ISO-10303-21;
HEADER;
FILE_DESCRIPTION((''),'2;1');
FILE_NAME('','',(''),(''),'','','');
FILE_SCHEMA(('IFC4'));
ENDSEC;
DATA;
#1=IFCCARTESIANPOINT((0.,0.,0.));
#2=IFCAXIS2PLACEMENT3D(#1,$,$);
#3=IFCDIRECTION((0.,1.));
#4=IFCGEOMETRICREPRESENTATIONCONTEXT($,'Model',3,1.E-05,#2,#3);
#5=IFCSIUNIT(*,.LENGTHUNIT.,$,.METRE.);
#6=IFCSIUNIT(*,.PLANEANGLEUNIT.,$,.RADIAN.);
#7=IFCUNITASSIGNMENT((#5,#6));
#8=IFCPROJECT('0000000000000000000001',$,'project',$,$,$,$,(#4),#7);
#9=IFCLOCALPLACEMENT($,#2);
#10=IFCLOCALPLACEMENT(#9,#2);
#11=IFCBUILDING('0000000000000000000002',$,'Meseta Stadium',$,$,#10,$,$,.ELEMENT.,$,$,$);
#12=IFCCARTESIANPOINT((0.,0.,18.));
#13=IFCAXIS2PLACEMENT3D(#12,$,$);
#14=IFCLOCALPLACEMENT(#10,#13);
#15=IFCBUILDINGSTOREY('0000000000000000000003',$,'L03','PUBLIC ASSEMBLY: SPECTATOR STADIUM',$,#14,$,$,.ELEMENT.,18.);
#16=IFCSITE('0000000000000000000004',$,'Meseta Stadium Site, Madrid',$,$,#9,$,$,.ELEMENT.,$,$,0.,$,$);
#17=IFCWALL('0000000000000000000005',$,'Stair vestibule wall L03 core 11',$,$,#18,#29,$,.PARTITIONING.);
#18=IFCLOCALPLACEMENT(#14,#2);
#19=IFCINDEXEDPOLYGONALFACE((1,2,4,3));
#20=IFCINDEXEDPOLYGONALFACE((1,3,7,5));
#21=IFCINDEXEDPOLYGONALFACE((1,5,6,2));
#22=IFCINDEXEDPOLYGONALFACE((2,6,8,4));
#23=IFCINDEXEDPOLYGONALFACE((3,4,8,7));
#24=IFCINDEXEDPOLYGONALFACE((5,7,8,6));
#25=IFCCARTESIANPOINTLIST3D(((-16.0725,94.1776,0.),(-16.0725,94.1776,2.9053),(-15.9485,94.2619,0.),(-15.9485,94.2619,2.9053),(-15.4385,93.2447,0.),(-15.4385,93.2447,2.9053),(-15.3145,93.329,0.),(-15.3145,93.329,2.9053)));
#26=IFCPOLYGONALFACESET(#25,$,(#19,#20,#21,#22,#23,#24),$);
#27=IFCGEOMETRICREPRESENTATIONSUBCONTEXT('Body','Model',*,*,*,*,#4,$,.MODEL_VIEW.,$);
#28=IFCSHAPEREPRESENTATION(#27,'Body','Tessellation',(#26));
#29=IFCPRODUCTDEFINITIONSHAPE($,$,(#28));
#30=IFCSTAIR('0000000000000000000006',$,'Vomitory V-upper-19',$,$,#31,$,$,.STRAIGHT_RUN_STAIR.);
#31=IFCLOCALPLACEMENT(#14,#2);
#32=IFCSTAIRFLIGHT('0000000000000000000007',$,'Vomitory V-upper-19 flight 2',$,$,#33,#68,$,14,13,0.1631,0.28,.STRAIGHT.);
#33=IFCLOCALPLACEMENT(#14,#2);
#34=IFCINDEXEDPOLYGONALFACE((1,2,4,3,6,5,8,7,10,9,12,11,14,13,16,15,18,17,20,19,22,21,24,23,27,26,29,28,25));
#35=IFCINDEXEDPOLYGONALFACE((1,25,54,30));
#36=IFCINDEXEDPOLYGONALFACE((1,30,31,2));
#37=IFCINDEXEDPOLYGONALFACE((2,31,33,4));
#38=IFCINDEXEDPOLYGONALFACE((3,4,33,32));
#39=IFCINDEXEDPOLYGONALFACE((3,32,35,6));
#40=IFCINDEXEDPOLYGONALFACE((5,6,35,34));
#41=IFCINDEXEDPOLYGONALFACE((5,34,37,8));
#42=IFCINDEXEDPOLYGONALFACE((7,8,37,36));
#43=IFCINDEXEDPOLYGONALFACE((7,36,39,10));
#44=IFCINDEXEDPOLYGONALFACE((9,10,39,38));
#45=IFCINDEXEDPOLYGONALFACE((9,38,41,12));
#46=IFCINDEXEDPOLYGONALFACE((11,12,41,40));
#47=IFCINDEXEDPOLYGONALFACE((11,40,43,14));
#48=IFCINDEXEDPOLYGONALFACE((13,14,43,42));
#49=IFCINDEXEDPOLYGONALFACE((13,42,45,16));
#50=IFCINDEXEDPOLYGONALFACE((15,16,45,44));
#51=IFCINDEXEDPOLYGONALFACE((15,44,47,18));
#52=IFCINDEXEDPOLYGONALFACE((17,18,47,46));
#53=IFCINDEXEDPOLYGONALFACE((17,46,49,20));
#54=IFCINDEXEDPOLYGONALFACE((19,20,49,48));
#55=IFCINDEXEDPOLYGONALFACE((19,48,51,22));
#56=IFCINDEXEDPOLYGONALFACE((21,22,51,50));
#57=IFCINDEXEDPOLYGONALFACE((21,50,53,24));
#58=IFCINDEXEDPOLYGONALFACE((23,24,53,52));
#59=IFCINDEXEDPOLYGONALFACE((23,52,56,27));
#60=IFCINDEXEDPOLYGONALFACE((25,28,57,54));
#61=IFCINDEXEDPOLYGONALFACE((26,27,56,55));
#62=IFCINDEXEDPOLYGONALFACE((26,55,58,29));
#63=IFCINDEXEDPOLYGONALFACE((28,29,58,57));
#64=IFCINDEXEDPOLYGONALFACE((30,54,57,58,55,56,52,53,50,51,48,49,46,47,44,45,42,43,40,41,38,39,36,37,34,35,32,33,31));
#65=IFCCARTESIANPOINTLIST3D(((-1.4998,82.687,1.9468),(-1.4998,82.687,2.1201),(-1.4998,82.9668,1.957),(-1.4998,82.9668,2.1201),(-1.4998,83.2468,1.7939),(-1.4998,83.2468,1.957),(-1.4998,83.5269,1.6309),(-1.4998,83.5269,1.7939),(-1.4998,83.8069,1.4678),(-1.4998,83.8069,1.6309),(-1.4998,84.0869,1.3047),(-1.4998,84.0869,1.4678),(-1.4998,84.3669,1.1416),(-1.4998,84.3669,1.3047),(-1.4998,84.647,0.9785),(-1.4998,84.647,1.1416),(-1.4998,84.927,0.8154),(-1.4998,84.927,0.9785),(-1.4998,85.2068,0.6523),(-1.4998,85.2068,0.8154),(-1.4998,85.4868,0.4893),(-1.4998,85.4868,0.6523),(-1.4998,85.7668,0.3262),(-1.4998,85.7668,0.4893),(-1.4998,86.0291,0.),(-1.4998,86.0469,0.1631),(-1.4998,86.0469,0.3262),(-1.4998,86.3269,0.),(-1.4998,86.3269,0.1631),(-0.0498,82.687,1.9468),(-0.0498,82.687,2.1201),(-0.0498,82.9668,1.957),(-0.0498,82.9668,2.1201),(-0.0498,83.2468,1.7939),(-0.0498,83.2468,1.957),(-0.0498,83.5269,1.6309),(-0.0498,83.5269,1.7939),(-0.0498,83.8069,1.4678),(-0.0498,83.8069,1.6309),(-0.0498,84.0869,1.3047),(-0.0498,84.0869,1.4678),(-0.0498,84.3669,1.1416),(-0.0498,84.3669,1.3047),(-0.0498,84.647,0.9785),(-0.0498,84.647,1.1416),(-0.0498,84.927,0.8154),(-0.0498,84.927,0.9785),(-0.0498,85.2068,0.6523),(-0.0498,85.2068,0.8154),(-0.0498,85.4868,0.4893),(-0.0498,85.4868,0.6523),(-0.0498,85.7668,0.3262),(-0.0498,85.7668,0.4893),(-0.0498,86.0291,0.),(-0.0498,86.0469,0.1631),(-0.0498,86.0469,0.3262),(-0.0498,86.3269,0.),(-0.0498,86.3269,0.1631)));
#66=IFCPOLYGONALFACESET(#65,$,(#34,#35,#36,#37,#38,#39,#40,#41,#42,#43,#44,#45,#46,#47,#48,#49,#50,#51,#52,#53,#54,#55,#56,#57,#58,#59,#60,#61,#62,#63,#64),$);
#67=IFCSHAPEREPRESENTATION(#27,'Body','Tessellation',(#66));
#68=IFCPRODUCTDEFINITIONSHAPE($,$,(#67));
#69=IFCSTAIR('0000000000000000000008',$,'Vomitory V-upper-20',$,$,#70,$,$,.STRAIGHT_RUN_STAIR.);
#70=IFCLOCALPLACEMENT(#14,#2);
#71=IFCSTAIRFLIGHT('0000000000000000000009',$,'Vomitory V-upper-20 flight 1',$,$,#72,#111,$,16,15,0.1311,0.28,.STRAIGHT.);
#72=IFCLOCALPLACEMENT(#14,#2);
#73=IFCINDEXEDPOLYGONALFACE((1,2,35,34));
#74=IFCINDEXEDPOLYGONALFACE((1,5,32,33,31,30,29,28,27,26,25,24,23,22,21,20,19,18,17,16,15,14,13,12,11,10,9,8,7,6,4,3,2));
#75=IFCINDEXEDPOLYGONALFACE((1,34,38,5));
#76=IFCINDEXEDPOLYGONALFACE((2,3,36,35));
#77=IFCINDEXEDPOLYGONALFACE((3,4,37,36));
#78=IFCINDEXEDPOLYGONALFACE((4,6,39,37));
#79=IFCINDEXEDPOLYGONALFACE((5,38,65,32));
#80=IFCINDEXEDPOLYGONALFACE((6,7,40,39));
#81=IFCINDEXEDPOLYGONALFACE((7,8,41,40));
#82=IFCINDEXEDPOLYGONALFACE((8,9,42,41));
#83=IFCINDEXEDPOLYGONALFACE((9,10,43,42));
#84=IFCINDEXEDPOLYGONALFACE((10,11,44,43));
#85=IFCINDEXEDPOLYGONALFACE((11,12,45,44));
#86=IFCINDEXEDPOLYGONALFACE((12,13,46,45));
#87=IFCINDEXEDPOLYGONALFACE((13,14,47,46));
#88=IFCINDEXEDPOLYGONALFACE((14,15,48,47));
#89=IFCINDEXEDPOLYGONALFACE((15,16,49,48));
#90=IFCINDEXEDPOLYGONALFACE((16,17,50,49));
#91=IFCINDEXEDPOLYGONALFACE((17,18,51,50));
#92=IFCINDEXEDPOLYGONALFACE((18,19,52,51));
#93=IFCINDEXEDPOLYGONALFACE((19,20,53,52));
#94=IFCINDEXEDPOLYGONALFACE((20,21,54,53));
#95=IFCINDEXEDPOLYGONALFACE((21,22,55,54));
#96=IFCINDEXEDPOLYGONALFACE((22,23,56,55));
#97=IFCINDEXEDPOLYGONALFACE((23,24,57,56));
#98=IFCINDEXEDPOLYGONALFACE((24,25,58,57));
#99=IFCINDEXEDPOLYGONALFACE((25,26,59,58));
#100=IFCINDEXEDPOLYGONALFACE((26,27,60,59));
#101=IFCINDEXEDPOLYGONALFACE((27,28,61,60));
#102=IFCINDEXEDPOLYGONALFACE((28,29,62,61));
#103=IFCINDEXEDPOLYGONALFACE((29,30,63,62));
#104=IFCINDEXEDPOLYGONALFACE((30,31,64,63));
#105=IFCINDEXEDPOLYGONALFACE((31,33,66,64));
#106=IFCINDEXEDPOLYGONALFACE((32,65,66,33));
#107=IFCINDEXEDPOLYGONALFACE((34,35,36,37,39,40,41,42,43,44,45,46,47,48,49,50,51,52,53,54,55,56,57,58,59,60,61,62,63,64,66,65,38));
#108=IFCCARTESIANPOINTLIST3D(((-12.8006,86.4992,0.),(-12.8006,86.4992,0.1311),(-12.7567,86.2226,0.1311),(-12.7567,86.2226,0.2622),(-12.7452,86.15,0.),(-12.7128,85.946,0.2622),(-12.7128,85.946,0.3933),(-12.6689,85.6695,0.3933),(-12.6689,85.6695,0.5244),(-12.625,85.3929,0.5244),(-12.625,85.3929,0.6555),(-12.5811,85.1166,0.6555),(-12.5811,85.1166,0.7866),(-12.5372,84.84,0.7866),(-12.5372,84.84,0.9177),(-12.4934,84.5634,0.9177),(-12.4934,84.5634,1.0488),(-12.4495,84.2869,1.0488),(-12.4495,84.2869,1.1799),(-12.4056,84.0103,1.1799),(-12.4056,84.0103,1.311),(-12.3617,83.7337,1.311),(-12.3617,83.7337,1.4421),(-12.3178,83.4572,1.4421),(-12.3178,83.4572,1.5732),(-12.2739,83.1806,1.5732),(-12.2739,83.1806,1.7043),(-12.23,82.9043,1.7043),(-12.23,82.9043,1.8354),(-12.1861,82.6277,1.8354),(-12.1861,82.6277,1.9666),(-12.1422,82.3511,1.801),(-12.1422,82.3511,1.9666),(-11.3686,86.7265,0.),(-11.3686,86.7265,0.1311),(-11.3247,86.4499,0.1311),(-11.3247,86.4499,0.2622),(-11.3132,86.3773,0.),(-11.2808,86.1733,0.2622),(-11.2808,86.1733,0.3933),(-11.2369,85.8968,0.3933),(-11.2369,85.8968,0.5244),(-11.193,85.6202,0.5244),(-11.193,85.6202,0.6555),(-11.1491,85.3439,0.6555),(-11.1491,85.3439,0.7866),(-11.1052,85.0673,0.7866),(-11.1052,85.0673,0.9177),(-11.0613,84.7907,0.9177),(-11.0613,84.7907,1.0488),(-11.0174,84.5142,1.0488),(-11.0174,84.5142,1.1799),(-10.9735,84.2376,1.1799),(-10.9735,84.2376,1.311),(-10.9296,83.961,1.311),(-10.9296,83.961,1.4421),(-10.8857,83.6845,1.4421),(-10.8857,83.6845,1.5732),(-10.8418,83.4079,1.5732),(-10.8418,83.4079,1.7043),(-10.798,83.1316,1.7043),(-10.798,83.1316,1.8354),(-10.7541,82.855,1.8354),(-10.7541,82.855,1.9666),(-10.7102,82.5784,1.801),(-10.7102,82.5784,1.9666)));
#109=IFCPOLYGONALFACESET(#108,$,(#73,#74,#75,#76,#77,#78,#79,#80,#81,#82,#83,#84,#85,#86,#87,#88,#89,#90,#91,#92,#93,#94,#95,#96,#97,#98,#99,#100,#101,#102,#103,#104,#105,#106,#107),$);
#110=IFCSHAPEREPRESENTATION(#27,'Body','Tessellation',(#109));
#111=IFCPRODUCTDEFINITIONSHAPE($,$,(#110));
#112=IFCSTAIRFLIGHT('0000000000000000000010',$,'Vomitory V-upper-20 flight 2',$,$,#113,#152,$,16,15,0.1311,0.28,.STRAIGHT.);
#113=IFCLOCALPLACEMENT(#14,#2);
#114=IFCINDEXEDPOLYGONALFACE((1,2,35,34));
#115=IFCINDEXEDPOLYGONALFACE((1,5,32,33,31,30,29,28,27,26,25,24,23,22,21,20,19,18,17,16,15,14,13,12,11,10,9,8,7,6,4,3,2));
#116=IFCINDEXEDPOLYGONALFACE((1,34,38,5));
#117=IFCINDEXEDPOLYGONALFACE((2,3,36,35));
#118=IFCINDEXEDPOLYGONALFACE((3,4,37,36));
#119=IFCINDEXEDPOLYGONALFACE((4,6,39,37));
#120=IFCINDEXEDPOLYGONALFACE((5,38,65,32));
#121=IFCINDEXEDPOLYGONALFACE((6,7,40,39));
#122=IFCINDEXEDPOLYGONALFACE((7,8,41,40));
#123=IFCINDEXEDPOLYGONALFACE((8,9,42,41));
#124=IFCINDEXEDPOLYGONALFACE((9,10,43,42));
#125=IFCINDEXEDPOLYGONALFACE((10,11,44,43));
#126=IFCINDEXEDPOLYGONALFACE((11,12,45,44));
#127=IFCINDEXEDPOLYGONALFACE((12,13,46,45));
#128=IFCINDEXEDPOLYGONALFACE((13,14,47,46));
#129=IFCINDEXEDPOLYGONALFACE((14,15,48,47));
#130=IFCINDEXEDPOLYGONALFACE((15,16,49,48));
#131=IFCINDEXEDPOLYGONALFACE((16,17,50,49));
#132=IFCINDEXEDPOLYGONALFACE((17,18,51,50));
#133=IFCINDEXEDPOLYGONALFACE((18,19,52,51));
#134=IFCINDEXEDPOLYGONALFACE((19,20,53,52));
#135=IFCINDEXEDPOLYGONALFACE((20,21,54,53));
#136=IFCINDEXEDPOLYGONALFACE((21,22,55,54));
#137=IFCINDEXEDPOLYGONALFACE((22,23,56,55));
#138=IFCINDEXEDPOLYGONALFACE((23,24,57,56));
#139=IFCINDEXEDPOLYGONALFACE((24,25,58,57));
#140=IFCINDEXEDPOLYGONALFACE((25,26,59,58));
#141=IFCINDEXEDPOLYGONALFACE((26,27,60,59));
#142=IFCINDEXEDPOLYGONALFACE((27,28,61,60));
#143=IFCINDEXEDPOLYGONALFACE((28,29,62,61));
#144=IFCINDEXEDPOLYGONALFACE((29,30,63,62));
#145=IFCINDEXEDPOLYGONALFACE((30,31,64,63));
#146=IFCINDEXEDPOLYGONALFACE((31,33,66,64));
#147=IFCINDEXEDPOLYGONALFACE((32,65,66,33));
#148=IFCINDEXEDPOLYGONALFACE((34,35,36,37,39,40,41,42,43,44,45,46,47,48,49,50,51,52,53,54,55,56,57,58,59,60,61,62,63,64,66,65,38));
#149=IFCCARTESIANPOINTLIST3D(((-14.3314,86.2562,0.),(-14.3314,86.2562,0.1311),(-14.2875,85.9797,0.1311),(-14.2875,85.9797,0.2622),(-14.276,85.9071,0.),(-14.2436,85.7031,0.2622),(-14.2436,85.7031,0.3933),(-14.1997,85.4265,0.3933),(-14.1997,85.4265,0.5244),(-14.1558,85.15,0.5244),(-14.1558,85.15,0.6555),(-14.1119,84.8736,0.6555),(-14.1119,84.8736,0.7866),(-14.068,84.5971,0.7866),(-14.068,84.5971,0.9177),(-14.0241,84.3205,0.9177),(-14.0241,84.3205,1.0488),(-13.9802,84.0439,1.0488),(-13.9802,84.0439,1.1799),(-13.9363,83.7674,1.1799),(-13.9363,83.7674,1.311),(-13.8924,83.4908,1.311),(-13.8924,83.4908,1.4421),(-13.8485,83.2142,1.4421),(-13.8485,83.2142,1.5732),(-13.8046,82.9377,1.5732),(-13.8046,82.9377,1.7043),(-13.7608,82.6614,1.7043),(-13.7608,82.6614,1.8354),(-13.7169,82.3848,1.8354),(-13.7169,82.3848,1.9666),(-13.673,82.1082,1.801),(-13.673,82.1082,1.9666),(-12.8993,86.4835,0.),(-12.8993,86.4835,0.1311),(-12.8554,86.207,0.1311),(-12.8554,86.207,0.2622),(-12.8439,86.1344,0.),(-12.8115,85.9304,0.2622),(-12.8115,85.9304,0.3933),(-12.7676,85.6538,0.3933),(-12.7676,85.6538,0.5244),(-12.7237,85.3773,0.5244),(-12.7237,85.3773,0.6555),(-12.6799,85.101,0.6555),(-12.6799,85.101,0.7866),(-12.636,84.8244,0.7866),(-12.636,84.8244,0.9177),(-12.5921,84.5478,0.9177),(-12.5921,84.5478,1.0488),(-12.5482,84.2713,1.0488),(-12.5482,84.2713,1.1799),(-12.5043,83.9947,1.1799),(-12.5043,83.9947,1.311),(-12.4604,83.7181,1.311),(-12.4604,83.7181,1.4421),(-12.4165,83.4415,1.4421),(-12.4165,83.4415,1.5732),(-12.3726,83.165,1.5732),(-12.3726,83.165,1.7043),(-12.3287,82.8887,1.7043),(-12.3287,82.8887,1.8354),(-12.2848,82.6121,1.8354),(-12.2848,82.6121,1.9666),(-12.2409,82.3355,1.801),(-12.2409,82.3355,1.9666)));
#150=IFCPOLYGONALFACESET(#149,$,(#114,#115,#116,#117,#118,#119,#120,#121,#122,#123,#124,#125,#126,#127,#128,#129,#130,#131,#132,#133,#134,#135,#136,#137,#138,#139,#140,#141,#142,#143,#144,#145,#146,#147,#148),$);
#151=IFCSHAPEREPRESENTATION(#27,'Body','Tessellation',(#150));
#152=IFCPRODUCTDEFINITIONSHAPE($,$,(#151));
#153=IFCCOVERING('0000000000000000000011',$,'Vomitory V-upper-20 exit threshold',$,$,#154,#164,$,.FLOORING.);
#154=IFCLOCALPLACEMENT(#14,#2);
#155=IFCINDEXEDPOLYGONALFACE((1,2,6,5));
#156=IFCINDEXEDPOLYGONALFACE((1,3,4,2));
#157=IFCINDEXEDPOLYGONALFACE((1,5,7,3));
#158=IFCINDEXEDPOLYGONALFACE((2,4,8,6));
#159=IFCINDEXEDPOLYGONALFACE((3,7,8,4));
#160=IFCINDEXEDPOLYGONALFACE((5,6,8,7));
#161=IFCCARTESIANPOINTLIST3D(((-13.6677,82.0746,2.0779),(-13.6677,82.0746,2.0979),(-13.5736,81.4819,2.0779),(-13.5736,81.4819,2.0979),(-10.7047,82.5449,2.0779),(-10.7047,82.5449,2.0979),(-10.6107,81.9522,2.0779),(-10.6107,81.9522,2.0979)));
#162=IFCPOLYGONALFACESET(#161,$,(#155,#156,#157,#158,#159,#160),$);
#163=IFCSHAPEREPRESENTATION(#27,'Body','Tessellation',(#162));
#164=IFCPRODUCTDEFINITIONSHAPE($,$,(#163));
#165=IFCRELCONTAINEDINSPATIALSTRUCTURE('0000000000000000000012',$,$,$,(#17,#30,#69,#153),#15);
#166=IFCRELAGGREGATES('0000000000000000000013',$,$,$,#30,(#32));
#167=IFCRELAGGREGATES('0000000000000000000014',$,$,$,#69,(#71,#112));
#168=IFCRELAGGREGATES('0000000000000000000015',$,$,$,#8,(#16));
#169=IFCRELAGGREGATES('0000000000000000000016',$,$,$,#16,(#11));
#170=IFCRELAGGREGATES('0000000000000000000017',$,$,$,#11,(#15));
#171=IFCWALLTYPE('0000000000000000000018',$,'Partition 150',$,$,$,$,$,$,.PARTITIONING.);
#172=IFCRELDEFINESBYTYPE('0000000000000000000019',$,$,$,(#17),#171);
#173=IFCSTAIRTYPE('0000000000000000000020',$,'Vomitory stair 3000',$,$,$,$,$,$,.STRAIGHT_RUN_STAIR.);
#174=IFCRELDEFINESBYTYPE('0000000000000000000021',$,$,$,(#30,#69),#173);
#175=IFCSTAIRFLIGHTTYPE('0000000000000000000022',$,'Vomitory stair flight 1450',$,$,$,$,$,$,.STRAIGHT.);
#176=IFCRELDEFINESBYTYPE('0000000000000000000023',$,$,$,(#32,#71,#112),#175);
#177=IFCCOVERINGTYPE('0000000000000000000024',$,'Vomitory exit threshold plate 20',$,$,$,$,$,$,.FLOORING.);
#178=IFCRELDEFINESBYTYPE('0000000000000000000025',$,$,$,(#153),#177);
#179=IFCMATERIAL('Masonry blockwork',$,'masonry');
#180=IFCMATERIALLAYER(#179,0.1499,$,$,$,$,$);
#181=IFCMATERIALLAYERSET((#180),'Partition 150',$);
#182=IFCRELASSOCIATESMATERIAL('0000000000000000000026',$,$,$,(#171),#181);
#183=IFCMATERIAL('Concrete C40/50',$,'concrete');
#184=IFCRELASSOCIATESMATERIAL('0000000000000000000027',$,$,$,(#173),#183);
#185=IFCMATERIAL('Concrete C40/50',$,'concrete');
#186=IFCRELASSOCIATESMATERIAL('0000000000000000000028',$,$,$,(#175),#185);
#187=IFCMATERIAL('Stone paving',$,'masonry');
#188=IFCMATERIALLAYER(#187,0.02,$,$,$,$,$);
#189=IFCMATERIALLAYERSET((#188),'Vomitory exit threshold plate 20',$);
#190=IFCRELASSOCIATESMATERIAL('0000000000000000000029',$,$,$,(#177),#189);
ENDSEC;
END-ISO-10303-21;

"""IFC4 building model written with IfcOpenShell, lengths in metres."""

from ifc_helpers import new_model, si_unit, direction, frame, frame_2d, origin, origin_2d, place, context, subcontext, project, spatial, polyline, rectangle, outline, extrude, material, layer, layer_set, type_object, element, aggregate, save


model = new_model("IFC4")

# Units and contexts
model_context = context("Model", 3, precision=1e-05, world=origin(), true_north=direction((0.0, 1.0)))
body_context = subcontext(model_context, "Body", "Model", "MODEL_VIEW")
ifc_project = project(units=[si_unit("LENGTHUNIT", "METRE"), si_unit("PLANEANGLEUNIT", "RADIAN")], contexts=[model_context])

# Site, building, storey
site_placement = place(None, origin())
site = spatial("IfcSite", under=ifc_project, at=site_placement, Name="Meseta Stadium Site, Madrid", CompositionType="ELEMENT", RefElevation=0.0)
building_placement = place(site_placement, origin())
building = spatial("IfcBuilding", under=site, at=building_placement, Name="Meseta Stadium", CompositionType="ELEMENT")
storey_placement = place(building_placement, frame((0.0, 0.0, 18.0)))
storey = spatial("IfcBuildingStorey", under=building, at=storey_placement, Name="L03", Description="PUBLIC ASSEMBLY: SPECTATOR STADIUM", CompositionType="ELEMENT", Elevation=18.0)

# Wall
ifc_material_1 = material(Name="Masonry blockwork", Category="masonry")
ifc_layer_1 = layer(ifc_material_1, 0.1499)
ifc_layer_set_1 = layer_set([ifc_layer_1], Name="Partition 150")
wall_type = type_object("IfcWallType", Name="Partition 150", PredefinedType="PARTITIONING", material=ifc_layer_set_1)
wall_1_placement = place(storey_placement, frame((-15.3765, 93.2869, 0.0), z_axis=(0.0, 0.0, 1.0), x_axis=(-0.562121, 0.827055, 0.0)))
element("IfcWall", 1, at=wall_1_placement, inside=storey, type_object=wall_type, Name="Stair vestibule wall L03 core 11", PredefinedType="PARTITIONING", context=body_context, shape_type="SweptSolid", body=[
    extrude(rectangle(XDim=1.1279, YDim=0.1499, at=frame_2d((0.564, 0.0))), origin(), (0.0, 0.0, 1.0), 2.9053),
])

# Stair, stair flight
ifc_material_2 = material(Name="Concrete C40/50", Category="concrete")
stair_type = type_object("IfcStairType", Name="Vomitory stair 3000", PredefinedType="STRAIGHT_RUN_STAIR", material=ifc_material_2)
stair_1_placement = place(storey_placement, origin())
stair_1 = element("IfcStair", 2, at=stair_1_placement, inside=storey, type_object=stair_type, Name="Vomitory V-upper-19", PredefinedType="STRAIGHT_RUN_STAIR")
ifc_material_3 = material(Name="Concrete C40/50", Category="concrete")
stair_flight_type = type_object("IfcStairFlightType", Name="Vomitory stair flight 1450", PredefinedType="STRAIGHT", material=ifc_material_3)
stair_flight_1_placement = place(storey_placement, frame((-0.7749, 86.3269, 0.0), z_axis=(0.0, 0.0, 1.0), x_axis=(0.0, -1.0, 0.0)))
stair_flight_1 = element("IfcStairFlight", 3, at=stair_flight_1_placement, type_object=stair_flight_type, Name="Vomitory V-upper-19 flight 2", NumberOfRisers=14, NumberOfTreads=13, PredefinedType="STRAIGHT", RiserHeight=0.1631, TreadLength=0.28, context=body_context, shape_type="SweptSolid", body=[
    extrude(outline(polyline([(0.0, 0.0), (0.0, 0.1631), (0.28, 0.1631), (0.28, 0.3262), (0.5601, 0.3262), (0.5601, 0.4893), (0.8401, 0.4893), (0.8401, 0.6523), (1.1201, 0.6523), (1.1201, 0.8154), (1.3999, 0.8154), (1.3999, 0.9785), (1.6799, 0.9785), (1.6799, 1.1416), (1.96, 1.1416), (1.96, 1.3047), (2.24, 1.3047), (2.24, 1.4678), (2.52, 1.4678), (2.52, 1.6309), (2.8, 1.6309), (2.8, 1.7939), (3.0801, 1.7939), (3.0801, 1.957), (3.3601, 1.957), (3.3601, 2.1201), (3.6399, 2.1201), (3.6399, 1.9468), (0.2979, 0.0), (0.0, 0.0)])), frame((0.0, 0.7251, 0.0), z_axis=(0.0, -1.0, 0.0), x_axis=(1.0, 0.0, 0.0)), (0.0, 0.0, 1.0), 1.45),
])
aggregate(stair_1, [stair_flight_1])

# Stair, stair flights
stair_2_placement = place(storey_placement, origin())
stair_2 = element("IfcStair", 4, at=stair_2_placement, inside=storey, type_object=stair_type, Name="Vomitory V-upper-20", PredefinedType="STRAIGHT_RUN_STAIR")
stair_flight_2_placement = place(storey_placement, frame((-12.0847, 86.6128, 0.0), z_axis=(0.0, 0.0, 1.0), x_axis=(0.156767, -0.987636, 0.0)))
stair_flight_2 = element("IfcStairFlight", 5, at=stair_flight_2_placement, type_object=stair_flight_type, Name="Vomitory V-upper-20 flight 1", NumberOfRisers=16, NumberOfTreads=15, PredefinedType="STRAIGHT", RiserHeight=0.1311, TreadLength=0.28, context=body_context, shape_type="SweptSolid", body=[
    extrude(outline(polyline([(0.0, 0.0), (0.0, 0.1311), (0.28, 0.1311), (0.28, 0.2622), (0.5601, 0.2622), (0.5601, 0.3933), (0.8401, 0.3933), (0.8401, 0.5244), (1.1201, 0.5244), (1.1201, 0.6555), (1.3999, 0.6555), (1.3999, 0.7866), (1.6799, 0.7866), (1.6799, 0.9177), (1.96, 0.9177), (1.96, 1.0488), (2.24, 1.0488), (2.24, 1.1799), (2.52, 1.1799), (2.52, 1.311), (2.8, 1.311), (2.8, 1.4421), (3.0801, 1.4421), (3.0801, 1.5732), (3.3601, 1.5732), (3.3601, 1.7043), (3.6399, 1.7043), (3.6399, 1.8354), (3.9199, 1.8354), (3.9199, 1.9666), (4.2, 1.9666), (4.2, 1.801), (0.3535, 0.0), (0.0, 0.0)])), frame((0.0, 0.7251, 0.0), z_axis=(0.0, -1.0, 0.0), x_axis=(1.0, 0.0, 0.0)), (0.0, 0.0, 1.0), 1.45),
])
stair_flight_3_placement = place(storey_placement, frame((-13.6155, 86.3699, 0.0), z_axis=(0.0, 0.0, 1.0), x_axis=(0.156767, -0.987636, 0.0)))
stair_flight_3 = element("IfcStairFlight", 6, at=stair_flight_3_placement, type_object=stair_flight_type, Name="Vomitory V-upper-20 flight 2", NumberOfRisers=16, NumberOfTreads=15, PredefinedType="STRAIGHT", RiserHeight=0.1311, TreadLength=0.28, context=body_context, shape_type="SweptSolid", body=[
    extrude(outline(polyline([(0.0, 0.0), (0.0, 0.1311), (0.28, 0.1311), (0.28, 0.2622), (0.5601, 0.2622), (0.5601, 0.3933), (0.8401, 0.3933), (0.8401, 0.5244), (1.1201, 0.5244), (1.1201, 0.6555), (1.3999, 0.6555), (1.3999, 0.7866), (1.6799, 0.7866), (1.6799, 0.9177), (1.96, 0.9177), (1.96, 1.0488), (2.24, 1.0488), (2.24, 1.1799), (2.52, 1.1799), (2.52, 1.311), (2.8, 1.311), (2.8, 1.4421), (3.0801, 1.4421), (3.0801, 1.5732), (3.3601, 1.5732), (3.3601, 1.7043), (3.6399, 1.7043), (3.6399, 1.8354), (3.9199, 1.8354), (3.9199, 1.9666), (4.2, 1.9666), (4.2, 1.801), (0.3535, 0.0), (0.0, 0.0)])), frame((0.0, 0.7251, 0.0), z_axis=(0.0, -1.0, 0.0), x_axis=(1.0, 0.0, 0.0)), (0.0, 0.0, 1.0), 1.45),
])
aggregate(stair_2, [stair_flight_2, stair_flight_3])

# Covering
ifc_material_4 = material(Name="Stone paving", Category="masonry")
ifc_layer_2 = layer(ifc_material_4, 0.02)
ifc_layer_set_2 = layer_set([ifc_layer_2], Name="Vomitory exit threshold plate 20")
covering_type = type_object("IfcCoveringType", Name="Vomitory exit threshold plate 20", PredefinedType="FLOORING", material=ifc_layer_set_2)
covering_placement = place(storey_placement, frame((-12.1392, 82.0134, 2.0779), z_axis=(0.0, 0.0, 1.0), x_axis=(0.156767, -0.987636, 0.0)))
element("IfcCovering", 7, at=covering_placement, inside=storey, type_object=covering_type, Name="Vomitory V-upper-20 exit threshold", PredefinedType="FLOORING", context=body_context, shape_type="SweptSolid", body=[
    extrude(rectangle(XDim=0.6001, YDim=3.0, at=origin_2d()), origin(), (0.0, 0.0, 1.0), 0.02),
])

save(model, "model.ifc")
